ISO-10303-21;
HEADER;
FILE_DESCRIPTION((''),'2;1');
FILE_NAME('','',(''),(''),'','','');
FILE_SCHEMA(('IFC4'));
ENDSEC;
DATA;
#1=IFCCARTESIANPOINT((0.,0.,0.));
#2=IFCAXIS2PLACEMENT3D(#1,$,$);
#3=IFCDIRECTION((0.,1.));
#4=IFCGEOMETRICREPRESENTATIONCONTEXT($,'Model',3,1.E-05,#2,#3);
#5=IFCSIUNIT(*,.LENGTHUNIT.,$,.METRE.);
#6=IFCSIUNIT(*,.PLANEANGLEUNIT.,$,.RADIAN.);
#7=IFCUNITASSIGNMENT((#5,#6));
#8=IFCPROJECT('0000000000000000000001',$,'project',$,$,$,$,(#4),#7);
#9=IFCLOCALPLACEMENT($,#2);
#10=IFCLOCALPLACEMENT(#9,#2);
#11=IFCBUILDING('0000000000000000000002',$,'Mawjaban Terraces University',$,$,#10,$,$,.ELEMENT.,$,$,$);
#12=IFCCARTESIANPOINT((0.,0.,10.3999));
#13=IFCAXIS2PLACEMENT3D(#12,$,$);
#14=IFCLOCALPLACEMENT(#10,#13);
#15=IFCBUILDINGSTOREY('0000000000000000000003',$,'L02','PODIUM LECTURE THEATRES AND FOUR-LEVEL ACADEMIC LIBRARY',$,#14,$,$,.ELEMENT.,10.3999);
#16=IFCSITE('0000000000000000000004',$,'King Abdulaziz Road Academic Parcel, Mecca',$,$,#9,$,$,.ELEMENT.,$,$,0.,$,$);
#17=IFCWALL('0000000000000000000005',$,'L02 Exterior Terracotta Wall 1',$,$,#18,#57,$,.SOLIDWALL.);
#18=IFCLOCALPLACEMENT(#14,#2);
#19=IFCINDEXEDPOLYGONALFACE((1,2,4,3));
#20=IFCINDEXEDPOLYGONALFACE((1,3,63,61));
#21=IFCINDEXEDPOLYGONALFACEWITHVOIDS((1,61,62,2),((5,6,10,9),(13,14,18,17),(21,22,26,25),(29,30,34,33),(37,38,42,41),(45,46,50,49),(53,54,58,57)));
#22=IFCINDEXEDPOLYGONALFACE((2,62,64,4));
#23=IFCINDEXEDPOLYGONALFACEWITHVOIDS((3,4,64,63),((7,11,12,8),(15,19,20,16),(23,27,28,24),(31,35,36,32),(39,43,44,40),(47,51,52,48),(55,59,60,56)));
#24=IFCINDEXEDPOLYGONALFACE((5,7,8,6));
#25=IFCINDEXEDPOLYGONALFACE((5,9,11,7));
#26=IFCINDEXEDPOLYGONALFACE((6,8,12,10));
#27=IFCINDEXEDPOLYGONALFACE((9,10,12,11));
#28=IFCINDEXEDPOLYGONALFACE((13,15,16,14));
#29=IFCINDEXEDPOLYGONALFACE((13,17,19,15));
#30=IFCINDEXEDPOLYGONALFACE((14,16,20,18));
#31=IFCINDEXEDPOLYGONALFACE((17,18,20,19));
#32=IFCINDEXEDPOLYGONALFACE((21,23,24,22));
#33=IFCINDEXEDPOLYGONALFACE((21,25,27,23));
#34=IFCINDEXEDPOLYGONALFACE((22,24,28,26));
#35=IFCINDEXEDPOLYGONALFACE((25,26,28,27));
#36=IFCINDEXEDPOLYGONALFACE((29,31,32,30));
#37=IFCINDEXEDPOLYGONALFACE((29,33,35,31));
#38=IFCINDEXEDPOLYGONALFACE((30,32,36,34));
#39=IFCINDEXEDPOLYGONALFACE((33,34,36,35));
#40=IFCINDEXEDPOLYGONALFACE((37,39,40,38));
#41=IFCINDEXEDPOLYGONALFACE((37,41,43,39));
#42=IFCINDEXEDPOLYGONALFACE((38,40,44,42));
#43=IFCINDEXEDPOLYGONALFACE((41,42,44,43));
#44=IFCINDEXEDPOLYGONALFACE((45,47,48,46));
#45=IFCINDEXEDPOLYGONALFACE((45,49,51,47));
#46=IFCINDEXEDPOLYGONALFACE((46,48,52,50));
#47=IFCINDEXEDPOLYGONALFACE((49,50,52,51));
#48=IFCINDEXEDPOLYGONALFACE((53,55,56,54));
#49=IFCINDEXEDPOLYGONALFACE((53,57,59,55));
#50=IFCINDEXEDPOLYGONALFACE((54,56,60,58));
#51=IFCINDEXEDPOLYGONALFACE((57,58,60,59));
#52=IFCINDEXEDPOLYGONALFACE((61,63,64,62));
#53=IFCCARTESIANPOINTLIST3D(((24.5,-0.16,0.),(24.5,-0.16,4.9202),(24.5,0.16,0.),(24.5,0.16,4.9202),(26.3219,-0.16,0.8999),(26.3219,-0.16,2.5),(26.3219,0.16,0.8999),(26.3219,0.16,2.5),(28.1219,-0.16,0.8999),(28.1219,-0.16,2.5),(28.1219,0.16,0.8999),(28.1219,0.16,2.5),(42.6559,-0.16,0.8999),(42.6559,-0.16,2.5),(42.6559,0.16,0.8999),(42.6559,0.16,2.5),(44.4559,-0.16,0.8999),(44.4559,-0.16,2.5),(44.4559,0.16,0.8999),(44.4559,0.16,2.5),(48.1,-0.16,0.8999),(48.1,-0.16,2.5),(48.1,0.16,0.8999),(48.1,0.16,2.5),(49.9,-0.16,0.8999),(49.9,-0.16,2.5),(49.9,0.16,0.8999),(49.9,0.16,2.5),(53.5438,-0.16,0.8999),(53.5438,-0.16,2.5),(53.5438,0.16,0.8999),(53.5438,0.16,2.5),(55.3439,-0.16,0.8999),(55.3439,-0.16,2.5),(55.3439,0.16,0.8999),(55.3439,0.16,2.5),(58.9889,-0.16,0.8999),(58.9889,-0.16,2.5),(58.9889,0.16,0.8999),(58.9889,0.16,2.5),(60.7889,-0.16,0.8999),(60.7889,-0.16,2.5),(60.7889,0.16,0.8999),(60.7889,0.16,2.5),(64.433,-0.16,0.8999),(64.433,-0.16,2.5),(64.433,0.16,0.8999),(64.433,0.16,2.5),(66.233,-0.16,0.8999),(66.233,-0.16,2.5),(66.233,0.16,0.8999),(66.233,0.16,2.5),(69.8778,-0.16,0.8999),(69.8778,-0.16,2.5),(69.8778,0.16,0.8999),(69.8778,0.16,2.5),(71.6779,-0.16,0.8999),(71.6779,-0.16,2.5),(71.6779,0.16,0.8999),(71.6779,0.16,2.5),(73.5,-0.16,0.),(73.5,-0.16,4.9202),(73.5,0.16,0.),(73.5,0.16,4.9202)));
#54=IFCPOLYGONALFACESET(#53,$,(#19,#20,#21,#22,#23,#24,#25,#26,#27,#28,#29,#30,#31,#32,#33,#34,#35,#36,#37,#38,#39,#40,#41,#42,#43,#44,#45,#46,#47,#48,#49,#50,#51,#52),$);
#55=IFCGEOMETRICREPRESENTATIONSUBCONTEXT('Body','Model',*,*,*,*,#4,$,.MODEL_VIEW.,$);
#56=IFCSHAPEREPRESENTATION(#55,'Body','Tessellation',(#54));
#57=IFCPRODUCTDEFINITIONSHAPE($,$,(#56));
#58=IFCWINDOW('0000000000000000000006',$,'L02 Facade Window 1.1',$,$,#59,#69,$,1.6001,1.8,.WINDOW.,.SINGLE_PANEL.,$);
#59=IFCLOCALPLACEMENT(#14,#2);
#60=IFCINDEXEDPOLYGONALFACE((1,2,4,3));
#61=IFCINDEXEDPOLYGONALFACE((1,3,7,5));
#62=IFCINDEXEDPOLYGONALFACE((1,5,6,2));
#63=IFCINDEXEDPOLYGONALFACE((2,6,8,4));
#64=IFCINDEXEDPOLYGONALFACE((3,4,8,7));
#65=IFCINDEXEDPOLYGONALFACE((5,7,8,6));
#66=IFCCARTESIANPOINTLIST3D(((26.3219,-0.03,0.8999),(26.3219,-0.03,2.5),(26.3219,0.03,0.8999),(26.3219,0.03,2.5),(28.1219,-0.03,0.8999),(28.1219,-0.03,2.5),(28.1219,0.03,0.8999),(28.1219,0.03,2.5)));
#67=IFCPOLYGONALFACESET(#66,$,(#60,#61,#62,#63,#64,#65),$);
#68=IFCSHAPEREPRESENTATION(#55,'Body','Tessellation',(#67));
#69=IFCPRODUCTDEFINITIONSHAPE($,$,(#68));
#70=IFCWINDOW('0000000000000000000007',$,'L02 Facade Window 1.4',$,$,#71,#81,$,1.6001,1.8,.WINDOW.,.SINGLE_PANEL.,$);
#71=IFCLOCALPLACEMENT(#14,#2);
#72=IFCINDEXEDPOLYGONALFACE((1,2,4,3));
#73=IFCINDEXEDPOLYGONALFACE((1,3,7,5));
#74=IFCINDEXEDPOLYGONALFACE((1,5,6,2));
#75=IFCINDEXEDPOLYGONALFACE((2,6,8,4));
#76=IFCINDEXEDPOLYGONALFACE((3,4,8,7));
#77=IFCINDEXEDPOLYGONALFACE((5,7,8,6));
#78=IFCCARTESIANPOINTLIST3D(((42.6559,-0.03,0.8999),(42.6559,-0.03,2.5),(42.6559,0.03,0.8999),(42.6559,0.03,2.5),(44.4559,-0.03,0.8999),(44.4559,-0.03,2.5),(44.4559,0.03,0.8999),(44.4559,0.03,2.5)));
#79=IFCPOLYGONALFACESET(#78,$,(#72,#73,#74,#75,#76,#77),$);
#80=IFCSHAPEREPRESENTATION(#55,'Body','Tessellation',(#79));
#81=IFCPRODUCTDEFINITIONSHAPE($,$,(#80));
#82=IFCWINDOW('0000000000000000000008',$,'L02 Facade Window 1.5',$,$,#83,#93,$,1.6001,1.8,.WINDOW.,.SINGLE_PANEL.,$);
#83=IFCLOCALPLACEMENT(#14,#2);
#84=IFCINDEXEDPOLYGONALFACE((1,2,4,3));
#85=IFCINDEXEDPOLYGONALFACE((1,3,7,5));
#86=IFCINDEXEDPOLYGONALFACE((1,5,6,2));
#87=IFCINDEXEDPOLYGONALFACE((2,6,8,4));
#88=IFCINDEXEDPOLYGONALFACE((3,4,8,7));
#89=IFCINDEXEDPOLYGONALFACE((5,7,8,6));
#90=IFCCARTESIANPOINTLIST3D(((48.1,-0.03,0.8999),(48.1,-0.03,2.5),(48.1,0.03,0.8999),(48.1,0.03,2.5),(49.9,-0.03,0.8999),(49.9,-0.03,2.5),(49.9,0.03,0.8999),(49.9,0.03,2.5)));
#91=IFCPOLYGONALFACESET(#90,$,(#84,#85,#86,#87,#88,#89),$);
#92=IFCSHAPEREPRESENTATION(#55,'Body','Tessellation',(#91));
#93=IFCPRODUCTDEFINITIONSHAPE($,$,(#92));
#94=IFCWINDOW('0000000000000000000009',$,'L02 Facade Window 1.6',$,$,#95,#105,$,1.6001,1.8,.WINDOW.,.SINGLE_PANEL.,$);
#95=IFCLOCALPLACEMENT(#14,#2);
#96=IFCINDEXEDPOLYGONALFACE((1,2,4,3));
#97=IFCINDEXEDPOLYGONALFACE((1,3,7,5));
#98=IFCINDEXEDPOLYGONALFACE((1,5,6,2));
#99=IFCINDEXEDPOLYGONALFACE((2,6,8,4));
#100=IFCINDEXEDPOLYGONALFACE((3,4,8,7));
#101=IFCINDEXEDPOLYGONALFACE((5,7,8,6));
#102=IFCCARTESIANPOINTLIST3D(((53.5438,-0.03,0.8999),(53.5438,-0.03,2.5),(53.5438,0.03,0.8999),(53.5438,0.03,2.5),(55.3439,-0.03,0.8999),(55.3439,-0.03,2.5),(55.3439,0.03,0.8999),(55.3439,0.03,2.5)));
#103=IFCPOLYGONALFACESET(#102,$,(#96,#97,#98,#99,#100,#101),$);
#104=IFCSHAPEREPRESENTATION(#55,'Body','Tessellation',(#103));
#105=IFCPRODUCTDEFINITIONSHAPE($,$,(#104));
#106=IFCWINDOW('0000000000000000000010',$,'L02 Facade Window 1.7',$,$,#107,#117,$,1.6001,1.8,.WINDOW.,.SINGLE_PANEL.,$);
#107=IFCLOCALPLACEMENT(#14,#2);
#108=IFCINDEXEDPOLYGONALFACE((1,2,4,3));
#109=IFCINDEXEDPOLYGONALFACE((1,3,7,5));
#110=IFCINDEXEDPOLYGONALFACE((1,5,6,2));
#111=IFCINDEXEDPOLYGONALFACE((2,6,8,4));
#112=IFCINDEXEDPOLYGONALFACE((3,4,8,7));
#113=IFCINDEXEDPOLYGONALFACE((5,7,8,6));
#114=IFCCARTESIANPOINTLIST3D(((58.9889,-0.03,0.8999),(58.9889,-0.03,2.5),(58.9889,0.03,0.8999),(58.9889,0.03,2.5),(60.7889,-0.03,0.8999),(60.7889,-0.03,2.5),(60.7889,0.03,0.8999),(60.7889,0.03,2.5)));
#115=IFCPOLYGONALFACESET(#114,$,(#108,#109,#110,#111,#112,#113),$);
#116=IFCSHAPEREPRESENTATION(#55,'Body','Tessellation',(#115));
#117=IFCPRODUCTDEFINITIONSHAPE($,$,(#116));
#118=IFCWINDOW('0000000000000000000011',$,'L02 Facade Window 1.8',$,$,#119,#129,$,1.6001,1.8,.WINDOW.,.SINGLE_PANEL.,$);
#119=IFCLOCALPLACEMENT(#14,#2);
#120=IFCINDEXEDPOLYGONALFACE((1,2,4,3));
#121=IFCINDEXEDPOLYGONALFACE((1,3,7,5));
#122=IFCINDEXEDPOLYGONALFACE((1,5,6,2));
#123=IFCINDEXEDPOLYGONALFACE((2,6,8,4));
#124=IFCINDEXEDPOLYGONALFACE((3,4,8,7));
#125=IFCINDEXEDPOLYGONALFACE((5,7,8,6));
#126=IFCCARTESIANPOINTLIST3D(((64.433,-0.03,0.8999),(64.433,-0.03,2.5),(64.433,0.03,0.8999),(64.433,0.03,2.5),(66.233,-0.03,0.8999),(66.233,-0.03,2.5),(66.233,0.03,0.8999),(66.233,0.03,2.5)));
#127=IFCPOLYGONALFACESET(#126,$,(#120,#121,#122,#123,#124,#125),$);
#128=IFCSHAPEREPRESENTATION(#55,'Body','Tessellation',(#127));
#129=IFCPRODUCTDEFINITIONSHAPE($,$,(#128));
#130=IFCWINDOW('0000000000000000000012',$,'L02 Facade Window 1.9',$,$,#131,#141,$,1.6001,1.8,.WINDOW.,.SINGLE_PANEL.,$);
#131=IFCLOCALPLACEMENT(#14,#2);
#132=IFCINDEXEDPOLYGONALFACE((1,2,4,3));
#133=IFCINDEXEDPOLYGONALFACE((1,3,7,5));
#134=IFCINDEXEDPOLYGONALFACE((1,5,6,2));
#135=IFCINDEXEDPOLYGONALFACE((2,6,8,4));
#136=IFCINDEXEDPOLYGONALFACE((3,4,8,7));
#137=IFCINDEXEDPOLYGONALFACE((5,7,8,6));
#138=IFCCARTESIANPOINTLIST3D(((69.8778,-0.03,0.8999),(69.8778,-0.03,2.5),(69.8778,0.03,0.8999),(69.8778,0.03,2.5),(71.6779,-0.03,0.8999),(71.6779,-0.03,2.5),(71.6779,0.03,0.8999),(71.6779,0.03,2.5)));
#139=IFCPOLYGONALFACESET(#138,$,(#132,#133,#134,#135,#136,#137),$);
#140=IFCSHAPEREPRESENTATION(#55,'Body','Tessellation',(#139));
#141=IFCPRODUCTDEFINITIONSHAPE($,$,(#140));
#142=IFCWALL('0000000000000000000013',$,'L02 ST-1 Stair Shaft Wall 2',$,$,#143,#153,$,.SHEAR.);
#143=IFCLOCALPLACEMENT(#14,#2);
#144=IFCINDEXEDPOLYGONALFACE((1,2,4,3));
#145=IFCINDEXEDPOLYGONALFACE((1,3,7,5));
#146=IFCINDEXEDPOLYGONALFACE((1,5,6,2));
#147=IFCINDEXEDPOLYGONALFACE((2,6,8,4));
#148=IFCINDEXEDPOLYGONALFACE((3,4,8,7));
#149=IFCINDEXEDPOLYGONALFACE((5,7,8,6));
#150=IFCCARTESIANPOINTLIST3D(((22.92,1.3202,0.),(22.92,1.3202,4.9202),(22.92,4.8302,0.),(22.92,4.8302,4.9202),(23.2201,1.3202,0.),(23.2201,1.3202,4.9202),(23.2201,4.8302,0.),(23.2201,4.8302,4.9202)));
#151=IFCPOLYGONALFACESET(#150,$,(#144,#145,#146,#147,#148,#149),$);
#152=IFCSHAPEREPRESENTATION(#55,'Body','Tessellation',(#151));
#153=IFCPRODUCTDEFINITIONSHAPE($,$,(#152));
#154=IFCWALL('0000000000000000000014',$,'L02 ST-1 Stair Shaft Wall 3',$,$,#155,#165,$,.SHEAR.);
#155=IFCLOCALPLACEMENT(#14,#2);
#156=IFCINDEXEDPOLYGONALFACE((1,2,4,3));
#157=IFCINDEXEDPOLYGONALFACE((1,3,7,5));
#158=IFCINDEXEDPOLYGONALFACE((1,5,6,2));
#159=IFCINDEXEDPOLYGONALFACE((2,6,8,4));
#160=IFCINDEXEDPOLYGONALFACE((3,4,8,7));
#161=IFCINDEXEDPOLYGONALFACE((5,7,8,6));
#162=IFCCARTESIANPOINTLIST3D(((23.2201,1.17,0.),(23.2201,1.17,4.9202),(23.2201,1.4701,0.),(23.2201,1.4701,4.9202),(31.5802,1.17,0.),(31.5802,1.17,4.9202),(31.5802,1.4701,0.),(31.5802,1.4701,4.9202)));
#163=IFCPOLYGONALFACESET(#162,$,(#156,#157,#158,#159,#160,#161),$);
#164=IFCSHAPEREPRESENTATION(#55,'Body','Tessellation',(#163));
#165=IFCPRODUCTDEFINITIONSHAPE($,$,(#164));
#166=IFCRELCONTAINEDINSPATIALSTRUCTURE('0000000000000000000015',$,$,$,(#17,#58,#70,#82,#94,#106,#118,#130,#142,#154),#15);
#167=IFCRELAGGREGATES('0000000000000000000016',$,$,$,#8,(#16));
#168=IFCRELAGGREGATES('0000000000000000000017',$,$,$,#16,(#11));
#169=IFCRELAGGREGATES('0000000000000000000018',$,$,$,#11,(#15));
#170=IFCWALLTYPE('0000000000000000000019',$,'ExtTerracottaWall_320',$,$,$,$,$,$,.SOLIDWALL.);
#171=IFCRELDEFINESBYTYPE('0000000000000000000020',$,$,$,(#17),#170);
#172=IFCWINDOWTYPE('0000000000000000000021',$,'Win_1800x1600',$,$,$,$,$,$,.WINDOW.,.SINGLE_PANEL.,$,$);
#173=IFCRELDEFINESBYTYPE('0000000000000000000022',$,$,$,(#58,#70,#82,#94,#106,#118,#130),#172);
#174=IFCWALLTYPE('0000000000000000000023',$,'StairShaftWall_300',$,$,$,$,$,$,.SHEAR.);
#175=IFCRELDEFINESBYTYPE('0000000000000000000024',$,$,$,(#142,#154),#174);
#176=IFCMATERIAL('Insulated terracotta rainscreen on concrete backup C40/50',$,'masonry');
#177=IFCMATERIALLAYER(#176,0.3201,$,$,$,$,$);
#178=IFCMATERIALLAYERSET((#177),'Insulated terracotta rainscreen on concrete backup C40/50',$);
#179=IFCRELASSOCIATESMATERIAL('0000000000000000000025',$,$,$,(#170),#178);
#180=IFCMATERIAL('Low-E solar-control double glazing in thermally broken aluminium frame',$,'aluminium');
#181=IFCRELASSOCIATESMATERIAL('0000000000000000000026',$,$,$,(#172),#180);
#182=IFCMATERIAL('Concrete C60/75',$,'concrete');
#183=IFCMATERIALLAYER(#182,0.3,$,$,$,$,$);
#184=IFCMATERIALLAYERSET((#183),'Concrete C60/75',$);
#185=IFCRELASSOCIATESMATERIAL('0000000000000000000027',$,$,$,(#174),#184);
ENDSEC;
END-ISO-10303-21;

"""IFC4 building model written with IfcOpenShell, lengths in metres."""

from ifc_helpers import new_model, si_unit, direction, frame, frame_2d, origin, place, context, subcontext, project, spatial, rectangle, extrude, material, layer, layer_set, type_object, element, fill, save


model = new_model("IFC4")

# Units and contexts
model_context = context("Model", 3, precision=1e-05, world=origin(), true_north=direction((0.0, 1.0)))
body_context = subcontext(model_context, "Body", "Model", "MODEL_VIEW")
ifc_project = project(units=[si_unit("LENGTHUNIT", "METRE"), si_unit("PLANEANGLEUNIT", "RADIAN")], contexts=[model_context])

# Site, building, storey
site_placement = place(None, origin())
site = spatial("IfcSite", under=ifc_project, at=site_placement, Name="King Abdulaziz Road Academic Parcel, Mecca", CompositionType="ELEMENT", RefElevation=0.0)
building_placement = place(site_placement, origin())
building = spatial("IfcBuilding", under=site, at=building_placement, Name="Mawjaban Terraces University", CompositionType="ELEMENT")
storey_placement = place(building_placement, frame((0.0, 0.0, 10.3999)))
storey = spatial("IfcBuildingStorey", under=building, at=storey_placement, Name="L02", Description="PODIUM LECTURE THEATRES AND FOUR-LEVEL ACADEMIC LIBRARY", CompositionType="ELEMENT", Elevation=10.3999)

# Wall, openings, windows
ifc_material_1 = material(Name="Insulated terracotta rainscreen on concrete backup C40/50", Category="masonry")
ifc_layer_1 = layer(ifc_material_1, 0.3201)
ifc_layer_set_1 = layer_set([ifc_layer_1], Name="Insulated terracotta rainscreen on concrete backup C40/50")
wall_type_1 = type_object("IfcWallType", Name="ExtTerracottaWall_320", PredefinedType="SOLIDWALL", material=ifc_layer_set_1)
wall_1_placement = place(storey_placement, frame((24.5, 0.0, 0.0), z_axis=(0.0, 0.0, 1.0), x_axis=(1.0, 0.0, 0.0)))
wall_1 = element("IfcWall", 1, at=wall_1_placement, inside=storey, type_object=wall_type_1, Name="L02 Exterior Terracotta Wall 1", PredefinedType="SOLIDWALL", context=body_context, shape_type="SweptSolid", body=[
    extrude(rectangle(XDim=49.0, YDim=0.3201, at=frame_2d((24.5, 0.0))), origin(), (0.0, 0.0, 1.0), 4.9202),
])
opening_1_placement = place(wall_1_placement, frame((1.822, 0.0, 0.8999)))
opening_1 = element("IfcOpeningElement", 2, at=opening_1_placement, cuts=wall_1, PredefinedType="OPENING", context=body_context, shape_type="SweptSolid", body=[
    extrude(rectangle(XDim=1.8, YDim=1.6001, at=frame_2d((0.8999, 0.8))), frame((0.0, 0.1699, 0.0), z_axis=(0.0, -1.0, 0.0), x_axis=(1.0, 0.0, 0.0)), (0.0, 0.0, 1.0), 0.3401),
])
opening_2_placement = place(wall_1_placement, frame((18.156, 0.0, 0.8999)))
opening_2 = element("IfcOpeningElement", 3, at=opening_2_placement, cuts=wall_1, PredefinedType="OPENING", context=body_context, shape_type="SweptSolid", body=[
    extrude(rectangle(XDim=1.8, YDim=1.6001, at=frame_2d((0.8999, 0.8))), frame((0.0, 0.1699, 0.0), z_axis=(0.0, -1.0, 0.0), x_axis=(1.0, 0.0, 0.0)), (0.0, 0.0, 1.0), 0.3401),
])
opening_3_placement = place(wall_1_placement, frame((23.6001, 0.0, 0.8999)))
opening_3 = element("IfcOpeningElement", 4, at=opening_3_placement, cuts=wall_1, PredefinedType="OPENING", context=body_context, shape_type="SweptSolid", body=[
    extrude(rectangle(XDim=1.8, YDim=1.6001, at=frame_2d((0.8999, 0.8))), frame((0.0, 0.1699, 0.0), z_axis=(0.0, -1.0, 0.0), x_axis=(1.0, 0.0, 0.0)), (0.0, 0.0, 1.0), 0.3401),
])
opening_4_placement = place(wall_1_placement, frame((29.0439, 0.0, 0.8999)))
opening_4 = element("IfcOpeningElement", 5, at=opening_4_placement, cuts=wall_1, PredefinedType="OPENING", context=body_context, shape_type="SweptSolid", body=[
    extrude(rectangle(XDim=1.8, YDim=1.6001, at=frame_2d((0.8999, 0.8))), frame((0.0, 0.1699, 0.0), z_axis=(0.0, -1.0, 0.0), x_axis=(1.0, 0.0, 0.0)), (0.0, 0.0, 1.0), 0.3401),
])
opening_5_placement = place(wall_1_placement, frame((34.489, 0.0, 0.8999)))
opening_5 = element("IfcOpeningElement", 6, at=opening_5_placement, cuts=wall_1, PredefinedType="OPENING", context=body_context, shape_type="SweptSolid", body=[
    extrude(rectangle(XDim=1.8, YDim=1.6001, at=frame_2d((0.8999, 0.8))), frame((0.0, 0.1699, 0.0), z_axis=(0.0, -1.0, 0.0), x_axis=(1.0, 0.0, 0.0)), (0.0, 0.0, 1.0), 0.3401),
])
opening_6_placement = place(wall_1_placement, frame((39.9331, 0.0, 0.8999)))
opening_6 = element("IfcOpeningElement", 7, at=opening_6_placement, cuts=wall_1, PredefinedType="OPENING", context=body_context, shape_type="SweptSolid", body=[
    extrude(rectangle(XDim=1.8, YDim=1.6001, at=frame_2d((0.8999, 0.8))), frame((0.0, 0.1699, 0.0), z_axis=(0.0, -1.0, 0.0), x_axis=(1.0, 0.0, 0.0)), (0.0, 0.0, 1.0), 0.3401),
])
opening_7_placement = place(wall_1_placement, frame((45.3779, 0.0, 0.8999)))
opening_7 = element("IfcOpeningElement", 8, at=opening_7_placement, cuts=wall_1, PredefinedType="OPENING", context=body_context, shape_type="SweptSolid", body=[
    extrude(rectangle(XDim=1.8, YDim=1.6001, at=frame_2d((0.8999, 0.8))), frame((0.0, 0.1699, 0.0), z_axis=(0.0, -1.0, 0.0), x_axis=(1.0, 0.0, 0.0)), (0.0, 0.0, 1.0), 0.3401),
])
ifc_material_2 = material(Name="Low-E solar-control double glazing in thermally broken aluminium frame", Category="aluminium")
window_type = type_object("IfcWindowType", Name="Win_1800x1600", PartitioningType="SINGLE_PANEL", PredefinedType="WINDOW", material=ifc_material_2)
window_1_placement = place(opening_1_placement, origin())
window_1 = element("IfcWindow", 9, at=window_1_placement, inside=storey, type_object=window_type, Name="L02 Facade Window 1.1", OverallHeight=1.6001, OverallWidth=1.8, PartitioningType="SINGLE_PANEL", PredefinedType="WINDOW", context=body_context, shape_type="SweptSolid", body=[
    extrude(rectangle(XDim=1.8, YDim=1.6001, at=frame_2d((0.8999, 0.8))), frame((0.0, 0.03, 0.0), z_axis=(0.0, -1.0, 0.0), x_axis=(1.0, 0.0, 0.0)), (0.0, 0.0, 1.0), 0.0601),
])
fill(opening_1, window_1)
window_2_placement = place(opening_2_placement, origin())
window_2 = element("IfcWindow", 10, at=window_2_placement, inside=storey, type_object=window_type, Name="L02 Facade Window 1.4", OverallHeight=1.6001, OverallWidth=1.8, PartitioningType="SINGLE_PANEL", PredefinedType="WINDOW", context=body_context, shape_type="SweptSolid", body=[
    extrude(rectangle(XDim=1.8, YDim=1.6001, at=frame_2d((0.8999, 0.8))), frame((0.0, 0.03, 0.0), z_axis=(0.0, -1.0, 0.0), x_axis=(1.0, 0.0, 0.0)), (0.0, 0.0, 1.0), 0.0601),
])
fill(opening_2, window_2)
window_3_placement = place(opening_3_placement, origin())
window_3 = element("IfcWindow", 11, at=window_3_placement, inside=storey, type_object=window_type, Name="L02 Facade Window 1.5", OverallHeight=1.6001, OverallWidth=1.8, PartitioningType="SINGLE_PANEL", PredefinedType="WINDOW", context=body_context, shape_type="SweptSolid", body=[
    extrude(rectangle(XDim=1.8, YDim=1.6001, at=frame_2d((0.8999, 0.8))), frame((0.0, 0.03, 0.0), z_axis=(0.0, -1.0, 0.0), x_axis=(1.0, 0.0, 0.0)), (0.0, 0.0, 1.0), 0.0601),
])
fill(opening_3, window_3)
window_4_placement = place(opening_4_placement, origin())
window_4 = element("IfcWindow", 12, at=window_4_placement, inside=storey, type_object=window_type, Name="L02 Facade Window 1.6", OverallHeight=1.6001, OverallWidth=1.8, PartitioningType="SINGLE_PANEL", PredefinedType="WINDOW", context=body_context, shape_type="SweptSolid", body=[
    extrude(rectangle(XDim=1.8, YDim=1.6001, at=frame_2d((0.8999, 0.8))), frame((0.0, 0.03, 0.0), z_axis=(0.0, -1.0, 0.0), x_axis=(1.0, 0.0, 0.0)), (0.0, 0.0, 1.0), 0.0601),
])
fill(opening_4, window_4)
window_5_placement = place(opening_5_placement, origin())
window_5 = element("IfcWindow", 13, at=window_5_placement, inside=storey, type_object=window_type, Name="L02 Facade Window 1.7", OverallHeight=1.6001, OverallWidth=1.8, PartitioningType="SINGLE_PANEL", PredefinedType="WINDOW", context=body_context, shape_type="SweptSolid", body=[
    extrude(rectangle(XDim=1.8, YDim=1.6001, at=frame_2d((0.8999, 0.8))), frame((0.0, 0.03, 0.0), z_axis=(0.0, -1.0, 0.0), x_axis=(1.0, 0.0, 0.0)), (0.0, 0.0, 1.0), 0.0601),
])
fill(opening_5, window_5)
window_6_placement = place(opening_6_placement, origin())
window_6 = element("IfcWindow", 14, at=window_6_placement, inside=storey, type_object=window_type, Name="L02 Facade Window 1.8", OverallHeight=1.6001, OverallWidth=1.8, PartitioningType="SINGLE_PANEL", PredefinedType="WINDOW", context=body_context, shape_type="SweptSolid", body=[
    extrude(rectangle(XDim=1.8, YDim=1.6001, at=frame_2d((0.8999, 0.8))), frame((0.0, 0.03, 0.0), z_axis=(0.0, -1.0, 0.0), x_axis=(1.0, 0.0, 0.0)), (0.0, 0.0, 1.0), 0.0601),
])
fill(opening_6, window_6)
window_7_placement = place(opening_7_placement, origin())
window_7 = element("IfcWindow", 15, at=window_7_placement, inside=storey, type_object=window_type, Name="L02 Facade Window 1.9", OverallHeight=1.6001, OverallWidth=1.8, PartitioningType="SINGLE_PANEL", PredefinedType="WINDOW", context=body_context, shape_type="SweptSolid", body=[
    extrude(rectangle(XDim=1.8, YDim=1.6001, at=frame_2d((0.8999, 0.8))), frame((0.0, 0.03, 0.0), z_axis=(0.0, -1.0, 0.0), x_axis=(1.0, 0.0, 0.0)), (0.0, 0.0, 1.0), 0.0601),
])
fill(opening_7, window_7)

# Walls
ifc_material_3 = material(Name="Concrete C60/75", Category="concrete")
ifc_layer_2 = layer(ifc_material_3, 0.3)
ifc_layer_set_2 = layer_set([ifc_layer_2], Name="Concrete C60/75")
wall_type_2 = type_object("IfcWallType", Name="StairShaftWall_300", PredefinedType="SHEAR", material=ifc_layer_set_2)
wall_2_placement = place(storey_placement, frame((23.0701, 4.8301, 0.0), z_axis=(0.0, 0.0, 1.0), x_axis=(0.0, -1.0, 0.0)))
element("IfcWall", 16, at=wall_2_placement, inside=storey, type_object=wall_type_2, Name="L02 ST-1 Stair Shaft Wall 2", PredefinedType="SHEAR", context=body_context, shape_type="SweptSolid", body=[
    extrude(rectangle(XDim=3.51, YDim=0.3, at=frame_2d((1.7549, 0.0))), origin(), (0.0, 0.0, 1.0), 4.9202),
])
for number, where, z_axis, x_axis, name in (
    (17, (23.22, 1.3201, 0.0), (0.0, 0.0, 1.0), (1.0, 0.0, 0.0), "L02 ST-1 Stair Shaft Wall 3"),
):
    element("IfcWall", number, at=place(storey_placement, frame(where, z_axis=z_axis, x_axis=x_axis)), inside=storey, type_object=wall_type_2, Name=name, PredefinedType="SHEAR", context=body_context, shape_type="SweptSolid", body=[
        extrude(rectangle(XDim=8.3601, YDim=0.3, at=frame_2d((4.1802, 0.0))), origin(), (0.0, 0.0, 1.0), 4.9202),
    ])

save(model, "model.ifc")
